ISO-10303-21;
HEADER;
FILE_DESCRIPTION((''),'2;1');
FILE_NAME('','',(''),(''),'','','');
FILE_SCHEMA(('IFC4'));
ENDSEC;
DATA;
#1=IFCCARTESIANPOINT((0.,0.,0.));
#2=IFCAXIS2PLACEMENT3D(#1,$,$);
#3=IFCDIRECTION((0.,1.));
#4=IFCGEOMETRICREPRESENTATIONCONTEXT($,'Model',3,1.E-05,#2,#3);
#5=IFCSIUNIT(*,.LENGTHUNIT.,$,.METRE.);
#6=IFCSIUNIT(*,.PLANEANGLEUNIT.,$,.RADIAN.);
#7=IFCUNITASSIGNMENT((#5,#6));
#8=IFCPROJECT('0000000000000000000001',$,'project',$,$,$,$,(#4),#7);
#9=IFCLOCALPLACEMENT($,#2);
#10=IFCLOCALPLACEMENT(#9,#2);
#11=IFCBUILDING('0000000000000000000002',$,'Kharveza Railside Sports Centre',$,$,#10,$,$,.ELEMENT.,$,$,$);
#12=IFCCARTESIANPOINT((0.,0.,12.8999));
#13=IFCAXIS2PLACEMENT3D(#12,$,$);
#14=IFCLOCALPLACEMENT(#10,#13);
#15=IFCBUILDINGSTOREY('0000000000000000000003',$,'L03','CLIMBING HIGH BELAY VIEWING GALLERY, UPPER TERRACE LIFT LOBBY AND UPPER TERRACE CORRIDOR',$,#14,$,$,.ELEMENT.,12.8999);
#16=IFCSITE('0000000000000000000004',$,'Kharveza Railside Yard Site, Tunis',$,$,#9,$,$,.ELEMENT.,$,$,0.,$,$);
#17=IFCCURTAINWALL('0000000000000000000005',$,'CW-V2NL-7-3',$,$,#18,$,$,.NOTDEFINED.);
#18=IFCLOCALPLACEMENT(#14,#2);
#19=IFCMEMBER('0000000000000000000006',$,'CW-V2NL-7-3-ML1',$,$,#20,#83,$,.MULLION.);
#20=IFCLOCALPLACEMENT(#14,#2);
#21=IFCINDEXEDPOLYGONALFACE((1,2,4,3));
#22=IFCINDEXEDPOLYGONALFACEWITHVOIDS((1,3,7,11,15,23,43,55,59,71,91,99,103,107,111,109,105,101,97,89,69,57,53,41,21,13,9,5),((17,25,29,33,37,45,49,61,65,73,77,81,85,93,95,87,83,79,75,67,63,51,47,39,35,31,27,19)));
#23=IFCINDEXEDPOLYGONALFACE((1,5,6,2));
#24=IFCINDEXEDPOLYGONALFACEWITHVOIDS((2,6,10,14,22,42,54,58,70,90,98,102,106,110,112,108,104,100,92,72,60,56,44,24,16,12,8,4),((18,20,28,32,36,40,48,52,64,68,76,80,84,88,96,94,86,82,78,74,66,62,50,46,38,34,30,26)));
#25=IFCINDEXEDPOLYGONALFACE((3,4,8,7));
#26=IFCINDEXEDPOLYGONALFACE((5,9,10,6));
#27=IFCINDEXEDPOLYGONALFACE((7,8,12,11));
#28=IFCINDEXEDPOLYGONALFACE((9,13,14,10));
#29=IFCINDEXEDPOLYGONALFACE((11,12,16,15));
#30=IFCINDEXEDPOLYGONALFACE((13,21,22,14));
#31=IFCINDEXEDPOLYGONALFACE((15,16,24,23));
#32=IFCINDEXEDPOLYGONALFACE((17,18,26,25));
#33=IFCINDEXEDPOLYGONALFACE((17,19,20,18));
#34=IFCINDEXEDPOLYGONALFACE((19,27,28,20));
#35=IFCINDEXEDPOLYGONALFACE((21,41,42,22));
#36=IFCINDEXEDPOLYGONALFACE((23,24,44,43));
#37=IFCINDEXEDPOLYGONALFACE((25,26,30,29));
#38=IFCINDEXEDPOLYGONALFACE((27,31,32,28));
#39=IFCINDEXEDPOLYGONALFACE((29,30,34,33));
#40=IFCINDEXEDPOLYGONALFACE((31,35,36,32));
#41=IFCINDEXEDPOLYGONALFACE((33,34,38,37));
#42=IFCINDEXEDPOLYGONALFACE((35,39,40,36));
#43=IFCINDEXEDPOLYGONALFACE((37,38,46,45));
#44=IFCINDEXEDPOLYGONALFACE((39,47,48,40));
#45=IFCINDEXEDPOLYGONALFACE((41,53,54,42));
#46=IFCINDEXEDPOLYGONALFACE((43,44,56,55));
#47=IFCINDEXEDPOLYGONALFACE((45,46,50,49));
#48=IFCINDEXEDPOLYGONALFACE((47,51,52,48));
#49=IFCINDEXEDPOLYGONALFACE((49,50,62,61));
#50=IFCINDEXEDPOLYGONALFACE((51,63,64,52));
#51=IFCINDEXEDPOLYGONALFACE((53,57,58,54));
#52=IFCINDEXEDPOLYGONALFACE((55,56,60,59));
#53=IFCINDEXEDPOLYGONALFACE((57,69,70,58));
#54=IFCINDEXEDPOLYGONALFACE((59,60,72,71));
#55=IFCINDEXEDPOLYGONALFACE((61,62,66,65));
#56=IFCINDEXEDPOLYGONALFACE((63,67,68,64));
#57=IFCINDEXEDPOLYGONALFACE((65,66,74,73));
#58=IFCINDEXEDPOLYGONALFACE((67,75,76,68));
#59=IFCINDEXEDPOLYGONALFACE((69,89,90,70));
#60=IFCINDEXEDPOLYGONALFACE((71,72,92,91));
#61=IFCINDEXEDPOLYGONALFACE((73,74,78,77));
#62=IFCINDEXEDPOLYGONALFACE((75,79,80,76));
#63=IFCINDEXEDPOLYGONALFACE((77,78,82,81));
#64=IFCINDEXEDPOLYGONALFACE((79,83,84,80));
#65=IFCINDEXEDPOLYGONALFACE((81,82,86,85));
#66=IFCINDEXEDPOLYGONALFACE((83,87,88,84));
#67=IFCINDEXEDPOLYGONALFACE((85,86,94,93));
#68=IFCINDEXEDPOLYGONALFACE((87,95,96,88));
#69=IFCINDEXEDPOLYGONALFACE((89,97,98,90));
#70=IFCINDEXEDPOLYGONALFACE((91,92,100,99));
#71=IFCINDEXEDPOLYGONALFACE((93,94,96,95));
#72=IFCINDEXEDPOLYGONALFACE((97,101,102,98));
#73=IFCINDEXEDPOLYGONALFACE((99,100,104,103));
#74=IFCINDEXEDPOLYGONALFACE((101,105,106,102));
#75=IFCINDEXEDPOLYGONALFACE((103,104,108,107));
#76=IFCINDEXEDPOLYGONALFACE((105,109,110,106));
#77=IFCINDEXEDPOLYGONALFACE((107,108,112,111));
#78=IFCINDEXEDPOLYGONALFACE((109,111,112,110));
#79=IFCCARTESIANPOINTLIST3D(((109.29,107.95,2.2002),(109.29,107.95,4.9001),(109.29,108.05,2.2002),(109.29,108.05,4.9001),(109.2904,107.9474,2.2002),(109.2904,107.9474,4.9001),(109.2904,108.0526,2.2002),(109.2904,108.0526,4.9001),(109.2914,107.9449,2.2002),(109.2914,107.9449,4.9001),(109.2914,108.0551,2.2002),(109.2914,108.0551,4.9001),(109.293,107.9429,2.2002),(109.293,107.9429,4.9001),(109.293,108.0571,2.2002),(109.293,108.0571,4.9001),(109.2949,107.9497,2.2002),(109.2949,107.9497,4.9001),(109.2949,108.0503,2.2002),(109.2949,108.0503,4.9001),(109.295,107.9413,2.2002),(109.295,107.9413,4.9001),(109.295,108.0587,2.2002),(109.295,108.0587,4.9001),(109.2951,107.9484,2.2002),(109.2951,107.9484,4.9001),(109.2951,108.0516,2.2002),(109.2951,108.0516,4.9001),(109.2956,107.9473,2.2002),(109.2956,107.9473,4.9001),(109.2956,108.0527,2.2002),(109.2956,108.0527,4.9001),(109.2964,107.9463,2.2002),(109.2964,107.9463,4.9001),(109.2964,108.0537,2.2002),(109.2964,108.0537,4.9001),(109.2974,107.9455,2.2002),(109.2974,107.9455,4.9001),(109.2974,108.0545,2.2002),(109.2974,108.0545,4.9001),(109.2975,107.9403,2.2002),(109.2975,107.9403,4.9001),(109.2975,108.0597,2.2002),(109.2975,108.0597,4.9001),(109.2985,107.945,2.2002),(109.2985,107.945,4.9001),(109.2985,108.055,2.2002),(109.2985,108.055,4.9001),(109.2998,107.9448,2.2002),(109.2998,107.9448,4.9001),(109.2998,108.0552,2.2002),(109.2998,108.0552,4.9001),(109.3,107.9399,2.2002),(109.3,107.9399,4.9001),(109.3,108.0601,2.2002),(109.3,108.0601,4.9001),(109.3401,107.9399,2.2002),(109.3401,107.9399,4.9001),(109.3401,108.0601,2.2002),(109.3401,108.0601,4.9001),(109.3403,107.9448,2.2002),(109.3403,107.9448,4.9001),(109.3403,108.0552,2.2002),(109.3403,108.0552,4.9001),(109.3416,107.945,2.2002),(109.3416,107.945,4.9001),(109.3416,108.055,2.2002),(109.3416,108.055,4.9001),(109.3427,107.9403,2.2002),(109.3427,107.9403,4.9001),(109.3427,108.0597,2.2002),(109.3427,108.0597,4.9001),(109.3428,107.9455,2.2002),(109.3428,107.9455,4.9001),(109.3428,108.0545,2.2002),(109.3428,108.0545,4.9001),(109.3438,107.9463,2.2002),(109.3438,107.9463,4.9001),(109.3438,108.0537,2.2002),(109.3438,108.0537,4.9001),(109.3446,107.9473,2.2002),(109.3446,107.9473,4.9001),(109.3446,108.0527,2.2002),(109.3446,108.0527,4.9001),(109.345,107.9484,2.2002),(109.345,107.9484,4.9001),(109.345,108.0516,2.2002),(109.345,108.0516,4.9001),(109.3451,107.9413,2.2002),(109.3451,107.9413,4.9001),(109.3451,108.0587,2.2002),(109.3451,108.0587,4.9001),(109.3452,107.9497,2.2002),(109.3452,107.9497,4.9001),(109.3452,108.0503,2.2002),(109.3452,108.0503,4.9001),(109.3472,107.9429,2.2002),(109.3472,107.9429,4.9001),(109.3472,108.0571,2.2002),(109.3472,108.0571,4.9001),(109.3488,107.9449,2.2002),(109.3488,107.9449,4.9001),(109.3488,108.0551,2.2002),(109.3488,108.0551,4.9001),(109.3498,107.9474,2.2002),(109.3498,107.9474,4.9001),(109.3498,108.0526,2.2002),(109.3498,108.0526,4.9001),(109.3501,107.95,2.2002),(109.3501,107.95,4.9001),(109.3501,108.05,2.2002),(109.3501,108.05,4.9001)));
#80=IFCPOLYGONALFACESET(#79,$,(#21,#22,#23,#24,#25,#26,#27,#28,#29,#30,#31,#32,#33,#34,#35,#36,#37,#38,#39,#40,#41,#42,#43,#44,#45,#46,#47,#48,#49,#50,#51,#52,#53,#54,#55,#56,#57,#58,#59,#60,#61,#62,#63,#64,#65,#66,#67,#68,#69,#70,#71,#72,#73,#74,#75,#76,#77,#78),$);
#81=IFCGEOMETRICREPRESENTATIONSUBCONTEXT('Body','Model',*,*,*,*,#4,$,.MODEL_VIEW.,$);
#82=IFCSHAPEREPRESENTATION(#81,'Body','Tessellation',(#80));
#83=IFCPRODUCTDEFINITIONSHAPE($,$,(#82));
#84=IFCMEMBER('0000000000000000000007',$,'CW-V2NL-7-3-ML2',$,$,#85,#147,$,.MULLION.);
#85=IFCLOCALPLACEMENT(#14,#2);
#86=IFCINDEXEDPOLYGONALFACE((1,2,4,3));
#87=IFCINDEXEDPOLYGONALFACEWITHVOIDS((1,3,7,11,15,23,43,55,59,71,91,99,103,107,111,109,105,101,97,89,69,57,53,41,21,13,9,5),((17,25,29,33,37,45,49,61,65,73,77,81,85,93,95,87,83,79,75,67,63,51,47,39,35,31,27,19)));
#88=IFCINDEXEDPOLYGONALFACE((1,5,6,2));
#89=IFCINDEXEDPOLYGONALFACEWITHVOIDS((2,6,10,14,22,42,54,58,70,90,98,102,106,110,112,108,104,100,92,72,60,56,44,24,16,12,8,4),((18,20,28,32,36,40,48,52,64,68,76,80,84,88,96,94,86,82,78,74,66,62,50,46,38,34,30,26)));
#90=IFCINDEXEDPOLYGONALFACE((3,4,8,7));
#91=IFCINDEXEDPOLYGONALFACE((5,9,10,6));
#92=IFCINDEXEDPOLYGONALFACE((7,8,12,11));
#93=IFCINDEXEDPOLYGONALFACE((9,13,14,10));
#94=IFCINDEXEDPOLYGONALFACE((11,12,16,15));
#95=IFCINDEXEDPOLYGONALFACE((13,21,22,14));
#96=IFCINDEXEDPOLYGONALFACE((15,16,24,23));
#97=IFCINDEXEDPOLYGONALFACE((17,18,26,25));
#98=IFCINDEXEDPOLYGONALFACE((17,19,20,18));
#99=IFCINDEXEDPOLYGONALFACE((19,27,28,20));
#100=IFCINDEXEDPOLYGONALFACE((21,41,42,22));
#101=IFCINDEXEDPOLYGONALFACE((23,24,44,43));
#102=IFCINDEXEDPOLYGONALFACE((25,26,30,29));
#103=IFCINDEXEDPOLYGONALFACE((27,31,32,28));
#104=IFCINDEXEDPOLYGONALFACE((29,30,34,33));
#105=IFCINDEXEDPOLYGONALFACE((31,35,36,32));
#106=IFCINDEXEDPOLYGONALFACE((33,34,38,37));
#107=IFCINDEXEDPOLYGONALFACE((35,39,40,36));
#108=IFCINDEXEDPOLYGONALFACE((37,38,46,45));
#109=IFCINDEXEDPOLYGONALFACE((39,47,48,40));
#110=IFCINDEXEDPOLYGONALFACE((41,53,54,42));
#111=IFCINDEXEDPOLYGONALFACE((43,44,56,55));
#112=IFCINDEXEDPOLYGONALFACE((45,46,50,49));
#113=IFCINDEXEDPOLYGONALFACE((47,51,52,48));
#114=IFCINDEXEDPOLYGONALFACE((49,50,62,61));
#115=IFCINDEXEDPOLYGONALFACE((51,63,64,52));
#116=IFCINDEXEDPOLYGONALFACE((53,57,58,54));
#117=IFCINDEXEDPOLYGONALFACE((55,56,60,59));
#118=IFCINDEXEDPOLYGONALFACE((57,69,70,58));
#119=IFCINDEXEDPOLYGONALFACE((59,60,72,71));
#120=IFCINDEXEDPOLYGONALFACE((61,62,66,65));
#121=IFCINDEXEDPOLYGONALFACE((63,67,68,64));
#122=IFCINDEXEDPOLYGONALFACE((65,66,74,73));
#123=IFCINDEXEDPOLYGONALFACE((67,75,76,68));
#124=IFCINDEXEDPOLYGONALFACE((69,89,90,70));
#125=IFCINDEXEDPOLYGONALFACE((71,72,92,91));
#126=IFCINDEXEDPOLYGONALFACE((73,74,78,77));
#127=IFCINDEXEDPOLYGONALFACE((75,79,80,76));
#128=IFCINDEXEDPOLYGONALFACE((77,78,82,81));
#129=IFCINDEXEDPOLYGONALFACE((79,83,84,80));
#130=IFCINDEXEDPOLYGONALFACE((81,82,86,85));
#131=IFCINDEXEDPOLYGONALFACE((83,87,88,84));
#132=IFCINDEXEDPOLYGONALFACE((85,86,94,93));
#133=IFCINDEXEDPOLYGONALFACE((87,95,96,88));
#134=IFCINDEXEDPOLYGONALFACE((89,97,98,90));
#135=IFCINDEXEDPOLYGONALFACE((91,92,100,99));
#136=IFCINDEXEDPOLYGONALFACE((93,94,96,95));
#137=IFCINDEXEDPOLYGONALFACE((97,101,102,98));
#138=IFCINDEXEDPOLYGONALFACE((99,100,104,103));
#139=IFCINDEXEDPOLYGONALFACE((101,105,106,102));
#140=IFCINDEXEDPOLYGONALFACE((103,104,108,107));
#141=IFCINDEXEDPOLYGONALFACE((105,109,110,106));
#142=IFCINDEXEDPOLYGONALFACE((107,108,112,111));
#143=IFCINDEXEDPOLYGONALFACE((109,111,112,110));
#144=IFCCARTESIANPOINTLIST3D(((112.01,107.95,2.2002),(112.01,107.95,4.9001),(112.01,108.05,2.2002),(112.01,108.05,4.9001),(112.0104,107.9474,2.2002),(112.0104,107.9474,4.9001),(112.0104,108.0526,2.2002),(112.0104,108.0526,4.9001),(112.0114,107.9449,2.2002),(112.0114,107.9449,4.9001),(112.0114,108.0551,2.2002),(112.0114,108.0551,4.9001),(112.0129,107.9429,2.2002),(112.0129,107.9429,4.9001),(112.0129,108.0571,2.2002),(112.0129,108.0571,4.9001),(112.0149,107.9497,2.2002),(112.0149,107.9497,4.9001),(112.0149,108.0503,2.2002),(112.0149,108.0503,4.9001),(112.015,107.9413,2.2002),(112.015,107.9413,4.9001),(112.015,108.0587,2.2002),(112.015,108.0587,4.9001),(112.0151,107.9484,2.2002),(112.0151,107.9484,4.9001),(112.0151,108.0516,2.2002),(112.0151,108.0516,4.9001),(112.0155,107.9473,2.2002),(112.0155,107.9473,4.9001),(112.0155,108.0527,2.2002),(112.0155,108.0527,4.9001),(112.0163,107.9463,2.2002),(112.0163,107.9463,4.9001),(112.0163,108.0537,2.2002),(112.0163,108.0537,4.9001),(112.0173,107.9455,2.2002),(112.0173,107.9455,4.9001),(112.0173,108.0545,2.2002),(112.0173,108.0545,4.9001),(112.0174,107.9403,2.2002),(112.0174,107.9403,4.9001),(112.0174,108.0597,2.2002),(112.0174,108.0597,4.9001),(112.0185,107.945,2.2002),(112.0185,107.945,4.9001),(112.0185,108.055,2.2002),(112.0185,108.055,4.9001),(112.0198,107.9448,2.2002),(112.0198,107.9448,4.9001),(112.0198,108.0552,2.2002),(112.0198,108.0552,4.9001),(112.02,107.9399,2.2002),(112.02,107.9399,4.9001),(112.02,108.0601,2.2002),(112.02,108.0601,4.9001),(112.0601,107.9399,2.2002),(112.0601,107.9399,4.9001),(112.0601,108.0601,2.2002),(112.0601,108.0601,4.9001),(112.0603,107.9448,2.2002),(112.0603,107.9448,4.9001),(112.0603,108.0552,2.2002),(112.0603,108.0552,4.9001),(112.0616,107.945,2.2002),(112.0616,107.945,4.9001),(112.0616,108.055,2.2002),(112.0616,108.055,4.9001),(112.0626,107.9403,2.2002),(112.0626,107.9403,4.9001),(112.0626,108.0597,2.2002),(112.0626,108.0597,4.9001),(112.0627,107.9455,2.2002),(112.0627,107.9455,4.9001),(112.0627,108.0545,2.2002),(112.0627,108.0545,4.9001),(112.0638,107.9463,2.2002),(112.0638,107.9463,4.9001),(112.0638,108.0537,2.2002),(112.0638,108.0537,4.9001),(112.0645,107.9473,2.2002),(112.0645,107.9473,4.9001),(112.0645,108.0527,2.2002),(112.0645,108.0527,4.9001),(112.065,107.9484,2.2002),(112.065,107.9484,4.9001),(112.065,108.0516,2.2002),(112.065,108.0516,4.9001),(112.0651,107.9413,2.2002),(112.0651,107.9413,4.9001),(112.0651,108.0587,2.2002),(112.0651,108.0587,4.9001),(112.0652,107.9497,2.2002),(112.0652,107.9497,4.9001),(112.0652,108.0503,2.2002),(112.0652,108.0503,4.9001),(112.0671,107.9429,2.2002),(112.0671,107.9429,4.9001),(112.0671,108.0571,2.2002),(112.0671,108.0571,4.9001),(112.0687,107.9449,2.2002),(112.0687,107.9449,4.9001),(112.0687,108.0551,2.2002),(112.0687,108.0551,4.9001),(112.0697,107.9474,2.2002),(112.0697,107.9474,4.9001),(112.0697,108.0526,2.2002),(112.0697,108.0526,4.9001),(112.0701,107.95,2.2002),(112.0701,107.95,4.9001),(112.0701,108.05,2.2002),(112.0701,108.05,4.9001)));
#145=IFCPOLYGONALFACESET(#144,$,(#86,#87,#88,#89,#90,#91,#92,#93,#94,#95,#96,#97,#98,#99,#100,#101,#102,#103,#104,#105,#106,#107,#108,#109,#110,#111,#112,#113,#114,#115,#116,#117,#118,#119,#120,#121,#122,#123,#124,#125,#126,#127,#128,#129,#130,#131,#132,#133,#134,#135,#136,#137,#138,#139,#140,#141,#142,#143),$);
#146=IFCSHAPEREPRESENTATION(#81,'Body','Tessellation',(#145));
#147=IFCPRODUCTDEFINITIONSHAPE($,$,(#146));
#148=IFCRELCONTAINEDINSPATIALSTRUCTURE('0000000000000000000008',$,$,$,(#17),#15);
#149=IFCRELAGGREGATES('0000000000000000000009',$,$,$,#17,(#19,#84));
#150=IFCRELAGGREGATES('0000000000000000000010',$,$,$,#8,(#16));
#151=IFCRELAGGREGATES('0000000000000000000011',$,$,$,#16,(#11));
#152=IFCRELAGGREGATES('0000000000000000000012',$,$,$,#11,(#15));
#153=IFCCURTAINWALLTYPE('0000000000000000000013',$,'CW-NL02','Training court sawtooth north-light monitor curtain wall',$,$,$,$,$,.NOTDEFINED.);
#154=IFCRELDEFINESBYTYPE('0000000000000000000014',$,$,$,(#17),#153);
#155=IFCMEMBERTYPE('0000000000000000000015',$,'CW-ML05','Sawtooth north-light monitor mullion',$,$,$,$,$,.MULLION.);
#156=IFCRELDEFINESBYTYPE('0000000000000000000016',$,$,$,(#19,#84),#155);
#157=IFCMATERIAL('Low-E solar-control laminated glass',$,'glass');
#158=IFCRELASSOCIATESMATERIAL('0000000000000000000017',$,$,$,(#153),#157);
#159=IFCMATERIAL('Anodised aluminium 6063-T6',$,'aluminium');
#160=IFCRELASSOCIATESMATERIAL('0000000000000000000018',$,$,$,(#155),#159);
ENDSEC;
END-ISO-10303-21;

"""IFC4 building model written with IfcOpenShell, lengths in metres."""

from ifc_helpers import new_model, si_unit, direction, frame, origin, origin_2d, place, context, subcontext, project, spatial, hollow_rectangle, extrude, material, material_profile, profile_set, type_object, element, aggregate, save


model = new_model("IFC4")

# Units and contexts
model_context = context("Model", 3, precision=1e-05, world=origin(), true_north=direction((0.0, 1.0)))
body_context = subcontext(model_context, "Body", "Model", "MODEL_VIEW")
ifc_project = project(units=[si_unit("LENGTHUNIT", "METRE"), si_unit("PLANEANGLEUNIT", "RADIAN")], contexts=[model_context])

# Site, building, storey
site_placement = place(None, origin())
site = spatial("IfcSite", under=ifc_project, at=site_placement, Name="Kharveza Railside Yard Site, Tunis", CompositionType="ELEMENT", RefElevation=0.0)
building_placement = place(site_placement, origin())
building = spatial("IfcBuilding", under=site, at=building_placement, Name="Kharveza Railside Sports Centre", CompositionType="ELEMENT")
storey_placement = place(building_placement, frame((0.0, 0.0, 12.8999)))
storey = spatial("IfcBuildingStorey", under=building, at=storey_placement, Name="L03", Description="CLIMBING HIGH BELAY VIEWING GALLERY, UPPER TERRACE LIFT LOBBY AND UPPER TERRACE CORRIDOR", CompositionType="ELEMENT", Elevation=12.8999)

# Curtain wall, members
ifc_material_1 = material(Name="Low-E solar-control laminated glass", Category="glass")
curtain_wall_type = type_object("IfcCurtainWallType", Name="CW-NL02", Description="Training court sawtooth north-light monitor curtain wall", PredefinedType="NOTDEFINED", material=ifc_material_1)
ifc_material_2 = material(Name="Anodised aluminium 6063-T6", Category="aluminium")
ifc_material_profile_1 = material_profile(ifc_material_2, hollow_rectangle(XDim=0.0601, YDim=0.1201, WallThickness=0.0049, InnerFilletRadius=0.0049, OuterFilletRadius=0.01, at=origin_2d()), Name="RHS 60x120x5.0")
ifc_profile_set_1 = profile_set([ifc_material_profile_1], Name="Anodised aluminium 6063-T6")
member_type_1 = type_object("IfcMemberType", Name="CW-ML05", Description="Sawtooth north-light monitor mullion", PredefinedType="MULLION", material=ifc_profile_set_1)
curtain_wall_1_placement = place(storey_placement, origin())
curtain_wall_1 = element("IfcCurtainWall", 1, at=curtain_wall_1_placement, inside=storey, type_object=curtain_wall_type, Name="CW-V2NL-7-3", PredefinedType="NOTDEFINED")
member_1_placement = place(storey_placement, frame((109.3201, 108.0, 2.2002), z_axis=(0.0, 0.0, 1.0), x_axis=(1.0, 0.0, 0.0)))
member_1 = element("IfcMember", 2, at=member_1_placement, type_object=member_type_1, Name="CW-V2NL-7-3-ML1", PredefinedType="MULLION", context=body_context, shape_type="SweptSolid", body=[
    extrude(hollow_rectangle(XDim=0.0601, YDim=0.1201, WallThickness=0.0049, InnerFilletRadius=0.0049, OuterFilletRadius=0.01, at=origin_2d()), origin(), (0.0, 0.0, 1.0), 2.7),
])
member_2_placement = place(storey_placement, frame((112.04, 108.0, 2.2002), z_axis=(0.0, 0.0, 1.0), x_axis=(1.0, 0.0, 0.0)))
member_2 = element("IfcMember", 3, at=member_2_placement, type_object=member_type_1, Name="CW-V2NL-7-3-ML2", PredefinedType="MULLION", context=body_context, shape_type="SweptSolid", body=[
    extrude(hollow_rectangle(XDim=0.0601, YDim=0.1201, WallThickness=0.0049, InnerFilletRadius=0.0049, OuterFilletRadius=0.01, at=origin_2d()), origin(), (0.0, 0.0, 1.0), 2.7),
])

aggregate(curtain_wall_1, [member_1, member_2])

save(model, "model.ifc")
